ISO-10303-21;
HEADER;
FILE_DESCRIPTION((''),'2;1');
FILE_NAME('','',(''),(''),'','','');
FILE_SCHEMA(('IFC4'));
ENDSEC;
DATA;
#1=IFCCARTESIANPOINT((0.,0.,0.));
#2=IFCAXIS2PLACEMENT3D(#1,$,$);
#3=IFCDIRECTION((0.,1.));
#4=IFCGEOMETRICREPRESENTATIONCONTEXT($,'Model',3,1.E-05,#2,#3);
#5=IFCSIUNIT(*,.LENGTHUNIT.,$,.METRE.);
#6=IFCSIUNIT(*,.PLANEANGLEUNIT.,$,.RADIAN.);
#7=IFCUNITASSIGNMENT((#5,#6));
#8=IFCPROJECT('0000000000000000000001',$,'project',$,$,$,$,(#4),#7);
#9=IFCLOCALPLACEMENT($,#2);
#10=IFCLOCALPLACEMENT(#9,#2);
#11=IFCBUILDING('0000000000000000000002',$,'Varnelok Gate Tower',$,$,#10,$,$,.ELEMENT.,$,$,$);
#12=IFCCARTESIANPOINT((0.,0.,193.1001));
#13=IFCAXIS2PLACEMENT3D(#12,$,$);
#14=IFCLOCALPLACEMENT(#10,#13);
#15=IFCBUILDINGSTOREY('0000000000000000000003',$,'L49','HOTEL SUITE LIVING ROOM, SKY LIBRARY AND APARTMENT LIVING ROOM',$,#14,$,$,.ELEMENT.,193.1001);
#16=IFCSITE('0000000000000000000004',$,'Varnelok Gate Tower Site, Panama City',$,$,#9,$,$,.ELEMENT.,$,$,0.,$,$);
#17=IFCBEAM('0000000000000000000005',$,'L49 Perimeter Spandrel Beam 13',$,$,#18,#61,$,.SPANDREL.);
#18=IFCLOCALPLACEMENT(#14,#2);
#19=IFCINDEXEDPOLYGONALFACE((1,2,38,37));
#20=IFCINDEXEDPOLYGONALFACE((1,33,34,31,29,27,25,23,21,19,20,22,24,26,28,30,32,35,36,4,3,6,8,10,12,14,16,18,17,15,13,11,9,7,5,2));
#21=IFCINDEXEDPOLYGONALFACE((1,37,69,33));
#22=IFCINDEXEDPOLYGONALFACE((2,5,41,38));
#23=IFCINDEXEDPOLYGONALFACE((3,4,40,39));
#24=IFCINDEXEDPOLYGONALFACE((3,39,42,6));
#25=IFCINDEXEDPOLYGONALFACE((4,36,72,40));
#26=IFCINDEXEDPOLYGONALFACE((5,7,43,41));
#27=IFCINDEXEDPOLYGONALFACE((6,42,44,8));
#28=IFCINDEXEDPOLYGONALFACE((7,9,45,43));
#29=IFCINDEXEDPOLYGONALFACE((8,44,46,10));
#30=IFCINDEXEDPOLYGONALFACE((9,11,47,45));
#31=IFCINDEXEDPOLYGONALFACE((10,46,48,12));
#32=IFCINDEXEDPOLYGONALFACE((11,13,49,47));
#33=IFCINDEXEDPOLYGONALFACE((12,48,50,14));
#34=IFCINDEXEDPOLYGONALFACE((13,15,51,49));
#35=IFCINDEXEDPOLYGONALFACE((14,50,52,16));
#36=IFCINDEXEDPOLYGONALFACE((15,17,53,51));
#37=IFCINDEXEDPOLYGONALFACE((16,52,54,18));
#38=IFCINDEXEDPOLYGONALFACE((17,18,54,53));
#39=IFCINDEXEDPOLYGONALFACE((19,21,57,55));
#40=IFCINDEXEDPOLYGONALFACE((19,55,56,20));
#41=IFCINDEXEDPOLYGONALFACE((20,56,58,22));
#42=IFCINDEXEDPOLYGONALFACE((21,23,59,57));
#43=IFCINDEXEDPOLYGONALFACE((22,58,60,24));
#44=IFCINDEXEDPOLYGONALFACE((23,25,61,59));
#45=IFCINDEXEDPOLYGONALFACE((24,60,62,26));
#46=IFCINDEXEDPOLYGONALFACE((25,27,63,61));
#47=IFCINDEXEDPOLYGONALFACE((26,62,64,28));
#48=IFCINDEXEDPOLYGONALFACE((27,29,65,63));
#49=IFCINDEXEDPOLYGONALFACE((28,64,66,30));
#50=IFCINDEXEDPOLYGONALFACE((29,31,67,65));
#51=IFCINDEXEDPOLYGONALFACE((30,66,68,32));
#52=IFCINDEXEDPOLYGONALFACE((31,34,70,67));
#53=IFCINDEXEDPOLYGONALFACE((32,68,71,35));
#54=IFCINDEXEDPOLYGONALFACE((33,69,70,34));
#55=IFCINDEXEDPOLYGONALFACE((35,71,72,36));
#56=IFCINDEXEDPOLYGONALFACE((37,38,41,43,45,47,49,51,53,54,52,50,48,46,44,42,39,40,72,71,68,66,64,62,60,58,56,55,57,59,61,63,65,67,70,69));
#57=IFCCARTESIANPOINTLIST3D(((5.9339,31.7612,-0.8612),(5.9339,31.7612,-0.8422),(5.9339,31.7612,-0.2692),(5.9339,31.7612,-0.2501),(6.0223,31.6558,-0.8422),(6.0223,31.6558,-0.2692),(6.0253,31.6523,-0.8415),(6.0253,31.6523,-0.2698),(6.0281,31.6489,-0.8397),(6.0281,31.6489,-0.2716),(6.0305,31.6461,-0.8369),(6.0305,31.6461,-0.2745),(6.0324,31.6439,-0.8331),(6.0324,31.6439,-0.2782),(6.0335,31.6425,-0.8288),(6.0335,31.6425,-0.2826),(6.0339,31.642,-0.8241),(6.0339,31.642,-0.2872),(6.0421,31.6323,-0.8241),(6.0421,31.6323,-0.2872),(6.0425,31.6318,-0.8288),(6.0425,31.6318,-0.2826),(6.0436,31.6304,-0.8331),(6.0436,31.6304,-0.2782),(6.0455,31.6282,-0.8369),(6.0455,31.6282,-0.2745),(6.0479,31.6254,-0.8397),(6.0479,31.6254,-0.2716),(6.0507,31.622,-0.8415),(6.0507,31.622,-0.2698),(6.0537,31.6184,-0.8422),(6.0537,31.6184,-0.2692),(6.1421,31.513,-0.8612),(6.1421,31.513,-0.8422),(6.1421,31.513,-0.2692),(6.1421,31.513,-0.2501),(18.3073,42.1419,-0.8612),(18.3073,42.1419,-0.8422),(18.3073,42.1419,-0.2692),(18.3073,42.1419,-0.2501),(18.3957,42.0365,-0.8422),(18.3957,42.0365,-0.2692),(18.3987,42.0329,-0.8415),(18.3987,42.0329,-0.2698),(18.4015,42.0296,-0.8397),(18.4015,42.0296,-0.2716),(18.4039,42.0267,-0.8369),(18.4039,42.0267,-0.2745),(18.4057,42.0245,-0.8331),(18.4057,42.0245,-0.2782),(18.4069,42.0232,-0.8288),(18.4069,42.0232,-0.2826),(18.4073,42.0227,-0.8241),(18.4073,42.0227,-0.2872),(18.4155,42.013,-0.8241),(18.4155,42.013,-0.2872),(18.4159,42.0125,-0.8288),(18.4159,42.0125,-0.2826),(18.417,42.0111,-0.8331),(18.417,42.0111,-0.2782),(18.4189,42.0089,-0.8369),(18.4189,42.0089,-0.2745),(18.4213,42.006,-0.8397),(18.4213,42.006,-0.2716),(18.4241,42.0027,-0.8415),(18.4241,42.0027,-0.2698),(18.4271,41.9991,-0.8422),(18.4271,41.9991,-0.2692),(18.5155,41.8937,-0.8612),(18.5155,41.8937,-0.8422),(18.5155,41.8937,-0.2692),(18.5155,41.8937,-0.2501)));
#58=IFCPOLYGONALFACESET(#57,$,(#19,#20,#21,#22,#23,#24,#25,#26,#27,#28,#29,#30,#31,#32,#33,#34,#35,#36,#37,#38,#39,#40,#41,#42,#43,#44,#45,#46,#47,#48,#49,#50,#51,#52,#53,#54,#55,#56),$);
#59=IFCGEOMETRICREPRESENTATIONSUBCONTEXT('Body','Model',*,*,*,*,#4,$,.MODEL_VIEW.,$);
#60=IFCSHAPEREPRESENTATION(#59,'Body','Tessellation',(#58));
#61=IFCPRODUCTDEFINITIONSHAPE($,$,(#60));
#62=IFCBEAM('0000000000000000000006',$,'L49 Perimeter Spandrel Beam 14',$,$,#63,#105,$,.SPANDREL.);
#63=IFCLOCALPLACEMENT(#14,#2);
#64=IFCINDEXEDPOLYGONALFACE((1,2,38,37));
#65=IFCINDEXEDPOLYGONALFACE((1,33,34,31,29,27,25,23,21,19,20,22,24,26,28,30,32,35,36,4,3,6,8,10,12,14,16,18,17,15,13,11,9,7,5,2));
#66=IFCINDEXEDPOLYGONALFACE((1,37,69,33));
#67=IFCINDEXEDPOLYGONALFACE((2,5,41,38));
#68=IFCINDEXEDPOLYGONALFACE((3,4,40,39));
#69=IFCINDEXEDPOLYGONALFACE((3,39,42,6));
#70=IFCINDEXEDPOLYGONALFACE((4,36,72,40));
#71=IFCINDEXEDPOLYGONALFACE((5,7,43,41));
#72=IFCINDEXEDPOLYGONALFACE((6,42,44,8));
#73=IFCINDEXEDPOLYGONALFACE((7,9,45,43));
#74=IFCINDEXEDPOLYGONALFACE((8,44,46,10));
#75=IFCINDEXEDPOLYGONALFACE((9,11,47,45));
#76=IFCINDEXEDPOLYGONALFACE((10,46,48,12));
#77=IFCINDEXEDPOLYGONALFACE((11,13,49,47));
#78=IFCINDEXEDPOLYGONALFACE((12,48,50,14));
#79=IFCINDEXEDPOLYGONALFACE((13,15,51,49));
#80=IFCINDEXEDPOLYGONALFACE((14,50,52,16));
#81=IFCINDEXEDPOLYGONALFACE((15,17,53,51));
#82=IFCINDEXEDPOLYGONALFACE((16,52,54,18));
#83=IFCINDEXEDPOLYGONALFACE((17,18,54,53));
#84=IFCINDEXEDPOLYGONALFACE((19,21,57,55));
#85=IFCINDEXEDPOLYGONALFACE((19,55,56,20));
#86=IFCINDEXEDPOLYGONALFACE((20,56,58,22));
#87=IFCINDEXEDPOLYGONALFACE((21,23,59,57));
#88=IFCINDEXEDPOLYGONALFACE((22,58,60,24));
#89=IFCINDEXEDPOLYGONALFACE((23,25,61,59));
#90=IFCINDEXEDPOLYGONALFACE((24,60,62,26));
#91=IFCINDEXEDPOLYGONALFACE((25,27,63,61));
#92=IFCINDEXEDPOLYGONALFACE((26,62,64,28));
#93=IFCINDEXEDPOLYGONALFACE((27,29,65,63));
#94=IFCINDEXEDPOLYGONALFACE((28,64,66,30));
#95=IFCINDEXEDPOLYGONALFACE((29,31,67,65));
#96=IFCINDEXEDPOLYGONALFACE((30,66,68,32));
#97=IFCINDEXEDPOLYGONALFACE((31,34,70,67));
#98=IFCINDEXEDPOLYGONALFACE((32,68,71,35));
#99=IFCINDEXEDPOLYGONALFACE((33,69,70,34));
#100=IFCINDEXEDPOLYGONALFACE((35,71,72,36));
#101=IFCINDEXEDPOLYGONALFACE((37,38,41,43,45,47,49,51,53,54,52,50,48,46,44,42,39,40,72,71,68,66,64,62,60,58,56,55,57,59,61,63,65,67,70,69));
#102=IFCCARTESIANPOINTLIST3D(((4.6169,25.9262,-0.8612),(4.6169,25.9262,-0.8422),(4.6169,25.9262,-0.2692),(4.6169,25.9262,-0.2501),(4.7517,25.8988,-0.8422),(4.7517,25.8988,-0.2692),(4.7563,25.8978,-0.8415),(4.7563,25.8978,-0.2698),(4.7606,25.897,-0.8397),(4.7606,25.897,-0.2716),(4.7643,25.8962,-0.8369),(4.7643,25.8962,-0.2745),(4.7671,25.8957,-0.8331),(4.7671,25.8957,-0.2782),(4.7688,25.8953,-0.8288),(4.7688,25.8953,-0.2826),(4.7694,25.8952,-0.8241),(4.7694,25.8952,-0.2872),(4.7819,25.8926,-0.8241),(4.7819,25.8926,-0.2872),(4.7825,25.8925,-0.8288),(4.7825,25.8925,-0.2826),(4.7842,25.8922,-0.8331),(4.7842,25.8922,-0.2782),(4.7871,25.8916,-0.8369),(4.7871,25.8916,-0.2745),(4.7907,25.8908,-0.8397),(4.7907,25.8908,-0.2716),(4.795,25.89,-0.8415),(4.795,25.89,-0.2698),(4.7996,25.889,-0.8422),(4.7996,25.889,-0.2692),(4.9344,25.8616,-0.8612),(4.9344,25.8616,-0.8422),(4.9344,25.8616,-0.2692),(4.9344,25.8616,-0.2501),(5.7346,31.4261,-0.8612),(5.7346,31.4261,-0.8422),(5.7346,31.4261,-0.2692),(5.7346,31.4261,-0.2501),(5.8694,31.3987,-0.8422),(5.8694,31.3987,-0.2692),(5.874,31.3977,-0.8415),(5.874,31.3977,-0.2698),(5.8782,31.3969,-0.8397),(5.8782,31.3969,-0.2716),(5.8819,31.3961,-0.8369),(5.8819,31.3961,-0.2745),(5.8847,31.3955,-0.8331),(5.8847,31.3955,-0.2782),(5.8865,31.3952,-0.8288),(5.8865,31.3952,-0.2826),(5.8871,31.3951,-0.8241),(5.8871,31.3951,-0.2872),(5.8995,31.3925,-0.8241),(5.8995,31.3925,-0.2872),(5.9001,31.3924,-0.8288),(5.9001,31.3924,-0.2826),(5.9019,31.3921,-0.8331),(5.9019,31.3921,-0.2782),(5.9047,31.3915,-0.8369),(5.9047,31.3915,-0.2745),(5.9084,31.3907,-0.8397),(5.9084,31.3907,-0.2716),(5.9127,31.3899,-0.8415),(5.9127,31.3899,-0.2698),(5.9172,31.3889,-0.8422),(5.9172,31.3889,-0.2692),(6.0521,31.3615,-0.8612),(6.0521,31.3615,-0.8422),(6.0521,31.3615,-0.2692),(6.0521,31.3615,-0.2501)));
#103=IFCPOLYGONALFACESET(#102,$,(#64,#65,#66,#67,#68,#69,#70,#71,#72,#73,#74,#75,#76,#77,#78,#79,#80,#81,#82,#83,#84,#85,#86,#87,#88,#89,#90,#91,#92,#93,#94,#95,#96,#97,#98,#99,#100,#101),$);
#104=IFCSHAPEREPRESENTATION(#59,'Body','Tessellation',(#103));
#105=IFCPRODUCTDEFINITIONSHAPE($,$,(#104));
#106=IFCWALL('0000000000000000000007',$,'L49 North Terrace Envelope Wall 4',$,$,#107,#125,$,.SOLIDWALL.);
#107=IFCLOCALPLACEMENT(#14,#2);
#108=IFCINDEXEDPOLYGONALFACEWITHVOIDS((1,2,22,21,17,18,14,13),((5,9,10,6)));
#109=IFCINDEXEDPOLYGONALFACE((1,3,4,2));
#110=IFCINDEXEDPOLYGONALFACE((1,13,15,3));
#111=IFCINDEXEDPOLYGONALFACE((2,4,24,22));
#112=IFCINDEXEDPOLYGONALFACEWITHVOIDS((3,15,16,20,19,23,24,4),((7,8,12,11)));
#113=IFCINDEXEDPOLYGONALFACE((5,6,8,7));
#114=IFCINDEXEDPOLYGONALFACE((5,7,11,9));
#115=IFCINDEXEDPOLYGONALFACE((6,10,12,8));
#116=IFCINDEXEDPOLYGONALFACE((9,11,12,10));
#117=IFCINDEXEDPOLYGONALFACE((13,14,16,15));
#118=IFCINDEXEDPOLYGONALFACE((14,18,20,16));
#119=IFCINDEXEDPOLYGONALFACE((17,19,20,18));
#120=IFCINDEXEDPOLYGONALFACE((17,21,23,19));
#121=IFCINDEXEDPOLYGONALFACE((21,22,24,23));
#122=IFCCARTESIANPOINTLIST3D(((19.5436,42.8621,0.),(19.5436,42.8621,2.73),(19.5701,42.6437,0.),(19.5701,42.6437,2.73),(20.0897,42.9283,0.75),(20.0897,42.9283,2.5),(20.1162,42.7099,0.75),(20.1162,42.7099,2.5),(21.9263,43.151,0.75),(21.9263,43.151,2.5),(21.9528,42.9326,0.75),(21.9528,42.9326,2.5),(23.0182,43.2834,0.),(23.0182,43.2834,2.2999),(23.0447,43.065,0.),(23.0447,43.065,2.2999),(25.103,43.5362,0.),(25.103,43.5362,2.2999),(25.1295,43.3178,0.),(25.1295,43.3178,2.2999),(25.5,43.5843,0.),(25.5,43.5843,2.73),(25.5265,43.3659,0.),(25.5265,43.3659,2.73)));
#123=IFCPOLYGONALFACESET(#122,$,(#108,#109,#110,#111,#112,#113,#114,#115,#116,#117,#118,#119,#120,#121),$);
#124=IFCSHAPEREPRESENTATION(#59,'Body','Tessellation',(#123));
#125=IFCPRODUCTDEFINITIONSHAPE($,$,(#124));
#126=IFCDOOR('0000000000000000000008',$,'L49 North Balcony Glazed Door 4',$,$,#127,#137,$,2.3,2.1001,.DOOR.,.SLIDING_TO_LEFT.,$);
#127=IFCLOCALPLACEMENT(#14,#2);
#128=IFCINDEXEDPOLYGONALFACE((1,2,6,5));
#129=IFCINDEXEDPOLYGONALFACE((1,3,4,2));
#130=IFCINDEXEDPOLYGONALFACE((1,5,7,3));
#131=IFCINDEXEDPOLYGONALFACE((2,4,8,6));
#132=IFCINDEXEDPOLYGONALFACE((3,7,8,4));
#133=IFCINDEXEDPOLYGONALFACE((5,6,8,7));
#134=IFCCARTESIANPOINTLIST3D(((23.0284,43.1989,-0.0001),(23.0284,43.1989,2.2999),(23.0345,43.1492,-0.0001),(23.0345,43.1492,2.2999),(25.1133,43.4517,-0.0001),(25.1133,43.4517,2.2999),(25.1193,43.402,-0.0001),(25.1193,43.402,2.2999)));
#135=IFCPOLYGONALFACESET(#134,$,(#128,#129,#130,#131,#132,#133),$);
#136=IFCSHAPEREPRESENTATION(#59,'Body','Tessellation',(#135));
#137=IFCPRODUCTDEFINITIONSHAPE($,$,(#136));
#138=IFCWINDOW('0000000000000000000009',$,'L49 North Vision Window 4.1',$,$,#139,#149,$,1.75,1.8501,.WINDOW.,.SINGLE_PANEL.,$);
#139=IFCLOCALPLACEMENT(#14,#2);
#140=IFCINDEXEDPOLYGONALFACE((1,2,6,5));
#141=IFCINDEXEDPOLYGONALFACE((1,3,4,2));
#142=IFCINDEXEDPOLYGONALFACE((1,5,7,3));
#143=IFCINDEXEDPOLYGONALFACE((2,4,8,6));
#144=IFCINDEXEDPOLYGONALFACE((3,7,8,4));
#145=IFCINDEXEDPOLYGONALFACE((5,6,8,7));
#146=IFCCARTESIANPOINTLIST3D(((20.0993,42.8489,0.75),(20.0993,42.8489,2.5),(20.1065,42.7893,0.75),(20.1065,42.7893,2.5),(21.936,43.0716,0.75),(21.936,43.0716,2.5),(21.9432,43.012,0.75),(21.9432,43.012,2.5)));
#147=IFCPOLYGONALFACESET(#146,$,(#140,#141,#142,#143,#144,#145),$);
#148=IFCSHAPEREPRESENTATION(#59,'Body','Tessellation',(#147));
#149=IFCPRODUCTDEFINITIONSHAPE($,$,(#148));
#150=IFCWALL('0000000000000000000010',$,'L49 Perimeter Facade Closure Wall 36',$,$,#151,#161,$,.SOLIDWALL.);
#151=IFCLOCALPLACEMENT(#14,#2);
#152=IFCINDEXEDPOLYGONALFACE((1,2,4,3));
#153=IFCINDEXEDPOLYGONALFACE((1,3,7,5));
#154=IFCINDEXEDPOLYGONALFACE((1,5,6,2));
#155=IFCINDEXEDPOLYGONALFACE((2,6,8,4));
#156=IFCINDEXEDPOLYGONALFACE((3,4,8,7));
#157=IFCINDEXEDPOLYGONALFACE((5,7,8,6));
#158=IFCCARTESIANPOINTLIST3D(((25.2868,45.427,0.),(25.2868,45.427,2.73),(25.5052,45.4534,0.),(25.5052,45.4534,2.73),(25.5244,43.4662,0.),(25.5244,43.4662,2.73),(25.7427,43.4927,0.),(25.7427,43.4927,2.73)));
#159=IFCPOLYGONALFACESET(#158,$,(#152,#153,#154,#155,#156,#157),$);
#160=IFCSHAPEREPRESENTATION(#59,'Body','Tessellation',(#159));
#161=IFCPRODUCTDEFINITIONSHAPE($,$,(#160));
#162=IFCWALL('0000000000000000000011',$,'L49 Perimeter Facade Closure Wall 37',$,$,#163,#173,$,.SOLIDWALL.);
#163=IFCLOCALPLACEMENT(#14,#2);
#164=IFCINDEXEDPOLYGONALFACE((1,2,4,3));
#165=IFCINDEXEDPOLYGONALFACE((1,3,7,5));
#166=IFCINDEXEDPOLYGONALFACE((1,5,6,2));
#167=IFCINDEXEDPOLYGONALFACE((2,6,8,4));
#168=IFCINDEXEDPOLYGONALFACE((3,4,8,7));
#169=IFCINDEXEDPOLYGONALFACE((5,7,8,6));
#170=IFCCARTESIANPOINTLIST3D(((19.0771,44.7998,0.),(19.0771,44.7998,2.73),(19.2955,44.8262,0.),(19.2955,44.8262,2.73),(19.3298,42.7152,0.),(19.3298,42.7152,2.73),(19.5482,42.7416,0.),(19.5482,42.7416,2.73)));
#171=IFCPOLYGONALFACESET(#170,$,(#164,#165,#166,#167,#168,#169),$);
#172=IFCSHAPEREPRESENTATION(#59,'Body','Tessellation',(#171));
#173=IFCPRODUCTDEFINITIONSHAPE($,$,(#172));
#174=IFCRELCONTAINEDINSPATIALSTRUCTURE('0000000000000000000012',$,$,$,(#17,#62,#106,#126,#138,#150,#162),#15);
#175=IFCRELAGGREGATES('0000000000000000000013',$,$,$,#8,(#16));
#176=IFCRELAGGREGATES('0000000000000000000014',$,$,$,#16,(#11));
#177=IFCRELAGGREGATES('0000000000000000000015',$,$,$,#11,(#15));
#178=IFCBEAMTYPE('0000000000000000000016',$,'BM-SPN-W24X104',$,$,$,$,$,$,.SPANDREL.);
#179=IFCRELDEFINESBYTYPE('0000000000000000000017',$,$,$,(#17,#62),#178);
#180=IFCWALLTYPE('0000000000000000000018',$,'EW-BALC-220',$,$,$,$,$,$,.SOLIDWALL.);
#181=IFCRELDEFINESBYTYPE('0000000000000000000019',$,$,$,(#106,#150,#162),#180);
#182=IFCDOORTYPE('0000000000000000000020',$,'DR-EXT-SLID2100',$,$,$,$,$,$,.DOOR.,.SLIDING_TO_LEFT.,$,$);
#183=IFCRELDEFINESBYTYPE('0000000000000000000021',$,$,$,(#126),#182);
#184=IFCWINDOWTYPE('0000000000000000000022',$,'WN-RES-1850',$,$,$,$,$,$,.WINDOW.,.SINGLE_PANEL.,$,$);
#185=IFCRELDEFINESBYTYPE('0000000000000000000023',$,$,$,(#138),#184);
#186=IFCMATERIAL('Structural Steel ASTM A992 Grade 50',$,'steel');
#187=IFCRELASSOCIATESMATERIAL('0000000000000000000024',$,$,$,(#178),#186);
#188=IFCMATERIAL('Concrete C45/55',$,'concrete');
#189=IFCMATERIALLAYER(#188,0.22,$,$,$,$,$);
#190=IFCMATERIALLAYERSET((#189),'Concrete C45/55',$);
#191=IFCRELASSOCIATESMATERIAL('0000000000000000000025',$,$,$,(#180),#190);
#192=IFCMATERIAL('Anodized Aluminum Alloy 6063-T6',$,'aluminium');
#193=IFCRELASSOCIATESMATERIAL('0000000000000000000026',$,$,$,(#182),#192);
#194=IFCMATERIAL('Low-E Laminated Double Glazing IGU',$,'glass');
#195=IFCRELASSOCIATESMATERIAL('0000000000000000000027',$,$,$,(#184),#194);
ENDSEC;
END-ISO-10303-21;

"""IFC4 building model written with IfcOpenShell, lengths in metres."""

from ifc_helpers import new_model, si_unit, direction, frame, frame_2d, origin, origin_2d, place, context, subcontext, project, spatial, rectangle, i_section, extrude, material, layer, layer_set, material_profile, profile_set, type_object, element, fill, save


model = new_model("IFC4")

# Units and contexts
model_context = context("Model", 3, precision=1e-05, world=origin(), true_north=direction((0.0, 1.0)))
body_context = subcontext(model_context, "Body", "Model", "MODEL_VIEW")
ifc_project = project(units=[si_unit("LENGTHUNIT", "METRE"), si_unit("PLANEANGLEUNIT", "RADIAN")], contexts=[model_context])

# Site, building, storey
site_placement = place(None, origin())
site = spatial("IfcSite", under=ifc_project, at=site_placement, Name="Varnelok Gate Tower Site, Panama City", CompositionType="ELEMENT", RefElevation=0.0)
building_placement = place(site_placement, origin())
building = spatial("IfcBuilding", under=site, at=building_placement, Name="Varnelok Gate Tower", CompositionType="ELEMENT")
storey_placement = place(building_placement, frame((0.0, 0.0, 193.1001)))
storey = spatial("IfcBuildingStorey", under=building, at=storey_placement, Name="L49", Description="HOTEL SUITE LIVING ROOM, SKY LIBRARY AND APARTMENT LIVING ROOM", CompositionType="ELEMENT", Elevation=193.1001)

# Shared definitions
ifc_material_1 = material(Name="Structural Steel ASTM A992 Grade 50", Category="steel")

# Beams
ifc_material_profile_1 = material_profile(ifc_material_1, i_section(OverallWidth=0.324, OverallDepth=0.6111, WebThickness=0.0127, FlangeThickness=0.019, FilletRadius=0.0181, at=origin_2d()), Name="W24X104")
ifc_profile_set_1 = profile_set([ifc_material_profile_1], Name="Structural Steel ASTM A992 Grade 50")
beam_type_1 = type_object("IfcBeamType", Name="BM-SPN-W24X104", PredefinedType="SPANDREL", material=ifc_profile_set_1)
beam_1_placement = place(storey_placement, frame((18.4114, 42.0178, -0.5557), z_axis=(-0.7661, -0.642722, 0.0), x_axis=(0.642722, -0.7661, 0.0)))
element("IfcBeam", 1, at=beam_1_placement, inside=storey, type_object=beam_type_1, Name="L49 Perimeter Spandrel Beam 13", PredefinedType="SPANDREL", context=body_context, shape_type="SweptSolid", body=[
    extrude(i_section(OverallWidth=0.324, OverallDepth=0.6111, WebThickness=0.0127, FlangeThickness=0.019, FilletRadius=0.0181, at=origin_2d()), origin(), (0.0, 0.0, 1.0), 16.1511),
])
beam_2_placement = place(storey_placement, frame((5.8933, 31.3938, -0.5557), z_axis=(-0.199143, -0.97997, 0.0), x_axis=(0.97997, -0.199143, 0.0)))
element("IfcBeam", 2, at=beam_2_placement, inside=storey, type_object=beam_type_1, Name="L49 Perimeter Spandrel Beam 14", PredefinedType="SPANDREL", context=body_context, shape_type="SweptSolid", body=[
    extrude(i_section(OverallWidth=0.324, OverallDepth=0.6111, WebThickness=0.0127, FlangeThickness=0.019, FilletRadius=0.0181, at=origin_2d()), origin(), (0.0, 0.0, 1.0), 5.6123),
])

# Wall, openings, door, window
ifc_material_2 = material(Name="Concrete C45/55", Category="concrete")
ifc_layer_1 = layer(ifc_material_2, 0.22)
ifc_layer_set_1 = layer_set([ifc_layer_1], Name="Concrete C45/55")
wall_type_1 = type_object("IfcWallType", Name="EW-BALC-220", PredefinedType="SOLIDWALL", material=ifc_layer_set_1)
wall_1_placement = place(storey_placement, frame((19.5569, 42.7529, 0.0), z_axis=(0.0, 0.0, 1.0), x_axis=(0.99273, 0.120363, 0.0)))
wall_1 = element("IfcWall", 3, at=wall_1_placement, inside=storey, type_object=wall_type_1, Name="L49 North Terrace Envelope Wall 4", PredefinedType="SOLIDWALL", context=body_context, shape_type="SweptSolid", body=[
    extrude(rectangle(XDim=6.0, YDim=0.22, at=frame_2d((3.0, 0.0))), origin(), (0.0, 0.0, 1.0), 2.73),
])
opening_1_placement = place(wall_1_placement, frame((3.5, 0.0, 0.0)))
opening_1 = element("IfcOpeningElement", 4, at=opening_1_placement, cuts=wall_1, PredefinedType="OPENING", context=body_context, shape_type="SweptSolid", body=[
    extrude(rectangle(XDim=2.1001, YDim=2.3, at=frame_2d((1.05, 1.1499))), frame((0.0, 0.1199, 0.0), z_axis=(0.0, -1.0, 0.0), x_axis=(1.0, 0.0, 0.0)), (0.0, 0.0, 1.0), 0.24),
])
opening_2_placement = place(wall_1_placement, frame((0.55, 0.0, 0.75)))
opening_2 = element("IfcOpeningElement", 5, at=opening_2_placement, cuts=wall_1, PredefinedType="OPENING", context=body_context, shape_type="SweptSolid", body=[
    extrude(rectangle(XDim=1.8501, YDim=1.75, at=frame_2d((0.925, 0.875))), frame((0.0, 0.1199, 0.0), z_axis=(0.0, -1.0, 0.0), x_axis=(1.0, 0.0, 0.0)), (0.0, 0.0, 1.0), 0.24),
])
ifc_material_3 = material(Name="Anodized Aluminum Alloy 6063-T6", Category="aluminium")
door_type_1 = type_object("IfcDoorType", Name="DR-EXT-SLID2100", OperationType="SLIDING_TO_LEFT", PredefinedType="DOOR", material=ifc_material_3)
door_1_placement = place(opening_1_placement, origin())
door_1 = element("IfcDoor", 6, at=door_1_placement, inside=storey, type_object=door_type_1, Name="L49 North Balcony Glazed Door 4", OperationType="SLIDING_TO_LEFT", OverallHeight=2.3, OverallWidth=2.1001, PredefinedType="DOOR", context=body_context, shape_type="SweptSolid", body=[
    extrude(rectangle(XDim=2.1001, YDim=2.3, at=frame_2d((1.05, 1.1499))), frame((0.0, 0.0249, 0.0), z_axis=(0.0, -1.0, 0.0), x_axis=(1.0, 0.0, 0.0)), (0.0, 0.0, 1.0), 0.05),
])
fill(opening_1, door_1)
ifc_material_4 = material(Name="Low-E Laminated Double Glazing IGU", Category="glass")
window_type_1 = type_object("IfcWindowType", Name="WN-RES-1850", PartitioningType="SINGLE_PANEL", PredefinedType="WINDOW", material=ifc_material_4)
window_1_placement = place(opening_2_placement, origin())
window_1 = element("IfcWindow", 7, at=window_1_placement, inside=storey, type_object=window_type_1, Name="L49 North Vision Window 4.1", OverallHeight=1.75, OverallWidth=1.8501, PartitioningType="SINGLE_PANEL", PredefinedType="WINDOW", context=body_context, shape_type="SweptSolid", body=[
    extrude(rectangle(XDim=1.8501, YDim=1.75, at=frame_2d((0.925, 0.875))), frame((0.0, 0.03, 0.0), z_axis=(0.0, -1.0, 0.0), x_axis=(1.0, 0.0, 0.0)), (0.0, 0.0, 1.0), 0.0601),
])
fill(opening_2, window_1)

# Walls
wall_2_placement = place(storey_placement, frame((25.396, 45.4402, 0.0), z_axis=(0.0, 0.0, 1.0), x_axis=(0.120276, -0.99274, 0.0)))
element("IfcWall", 8, at=wall_2_placement, inside=storey, type_object=wall_type_1, Name="L49 Perimeter Facade Closure Wall 36", PredefinedType="SOLIDWALL", context=body_context, shape_type="SweptSolid", body=[
    extrude(rectangle(XDim=1.9751, YDim=0.22, at=frame_2d((0.9875, 0.0))), origin(), (0.0, 0.0, 1.0), 2.73),
])
wall_3_placement = place(storey_placement, frame((19.439, 42.7285, 0.0), z_axis=(0.0, 0.0, 1.0), x_axis=(-0.120328, 0.992734, 0.0)))
element("IfcWall", 9, at=wall_3_placement, inside=storey, type_object=wall_type_1, Name="L49 Perimeter Facade Closure Wall 37", PredefinedType="SOLIDWALL", context=body_context, shape_type="SweptSolid", body=[
    extrude(rectangle(XDim=2.0999, YDim=0.22, at=frame_2d((1.0498, 0.0))), origin(), (0.0, 0.0, 1.0), 2.73),
])

save(model, "model.ifc")
